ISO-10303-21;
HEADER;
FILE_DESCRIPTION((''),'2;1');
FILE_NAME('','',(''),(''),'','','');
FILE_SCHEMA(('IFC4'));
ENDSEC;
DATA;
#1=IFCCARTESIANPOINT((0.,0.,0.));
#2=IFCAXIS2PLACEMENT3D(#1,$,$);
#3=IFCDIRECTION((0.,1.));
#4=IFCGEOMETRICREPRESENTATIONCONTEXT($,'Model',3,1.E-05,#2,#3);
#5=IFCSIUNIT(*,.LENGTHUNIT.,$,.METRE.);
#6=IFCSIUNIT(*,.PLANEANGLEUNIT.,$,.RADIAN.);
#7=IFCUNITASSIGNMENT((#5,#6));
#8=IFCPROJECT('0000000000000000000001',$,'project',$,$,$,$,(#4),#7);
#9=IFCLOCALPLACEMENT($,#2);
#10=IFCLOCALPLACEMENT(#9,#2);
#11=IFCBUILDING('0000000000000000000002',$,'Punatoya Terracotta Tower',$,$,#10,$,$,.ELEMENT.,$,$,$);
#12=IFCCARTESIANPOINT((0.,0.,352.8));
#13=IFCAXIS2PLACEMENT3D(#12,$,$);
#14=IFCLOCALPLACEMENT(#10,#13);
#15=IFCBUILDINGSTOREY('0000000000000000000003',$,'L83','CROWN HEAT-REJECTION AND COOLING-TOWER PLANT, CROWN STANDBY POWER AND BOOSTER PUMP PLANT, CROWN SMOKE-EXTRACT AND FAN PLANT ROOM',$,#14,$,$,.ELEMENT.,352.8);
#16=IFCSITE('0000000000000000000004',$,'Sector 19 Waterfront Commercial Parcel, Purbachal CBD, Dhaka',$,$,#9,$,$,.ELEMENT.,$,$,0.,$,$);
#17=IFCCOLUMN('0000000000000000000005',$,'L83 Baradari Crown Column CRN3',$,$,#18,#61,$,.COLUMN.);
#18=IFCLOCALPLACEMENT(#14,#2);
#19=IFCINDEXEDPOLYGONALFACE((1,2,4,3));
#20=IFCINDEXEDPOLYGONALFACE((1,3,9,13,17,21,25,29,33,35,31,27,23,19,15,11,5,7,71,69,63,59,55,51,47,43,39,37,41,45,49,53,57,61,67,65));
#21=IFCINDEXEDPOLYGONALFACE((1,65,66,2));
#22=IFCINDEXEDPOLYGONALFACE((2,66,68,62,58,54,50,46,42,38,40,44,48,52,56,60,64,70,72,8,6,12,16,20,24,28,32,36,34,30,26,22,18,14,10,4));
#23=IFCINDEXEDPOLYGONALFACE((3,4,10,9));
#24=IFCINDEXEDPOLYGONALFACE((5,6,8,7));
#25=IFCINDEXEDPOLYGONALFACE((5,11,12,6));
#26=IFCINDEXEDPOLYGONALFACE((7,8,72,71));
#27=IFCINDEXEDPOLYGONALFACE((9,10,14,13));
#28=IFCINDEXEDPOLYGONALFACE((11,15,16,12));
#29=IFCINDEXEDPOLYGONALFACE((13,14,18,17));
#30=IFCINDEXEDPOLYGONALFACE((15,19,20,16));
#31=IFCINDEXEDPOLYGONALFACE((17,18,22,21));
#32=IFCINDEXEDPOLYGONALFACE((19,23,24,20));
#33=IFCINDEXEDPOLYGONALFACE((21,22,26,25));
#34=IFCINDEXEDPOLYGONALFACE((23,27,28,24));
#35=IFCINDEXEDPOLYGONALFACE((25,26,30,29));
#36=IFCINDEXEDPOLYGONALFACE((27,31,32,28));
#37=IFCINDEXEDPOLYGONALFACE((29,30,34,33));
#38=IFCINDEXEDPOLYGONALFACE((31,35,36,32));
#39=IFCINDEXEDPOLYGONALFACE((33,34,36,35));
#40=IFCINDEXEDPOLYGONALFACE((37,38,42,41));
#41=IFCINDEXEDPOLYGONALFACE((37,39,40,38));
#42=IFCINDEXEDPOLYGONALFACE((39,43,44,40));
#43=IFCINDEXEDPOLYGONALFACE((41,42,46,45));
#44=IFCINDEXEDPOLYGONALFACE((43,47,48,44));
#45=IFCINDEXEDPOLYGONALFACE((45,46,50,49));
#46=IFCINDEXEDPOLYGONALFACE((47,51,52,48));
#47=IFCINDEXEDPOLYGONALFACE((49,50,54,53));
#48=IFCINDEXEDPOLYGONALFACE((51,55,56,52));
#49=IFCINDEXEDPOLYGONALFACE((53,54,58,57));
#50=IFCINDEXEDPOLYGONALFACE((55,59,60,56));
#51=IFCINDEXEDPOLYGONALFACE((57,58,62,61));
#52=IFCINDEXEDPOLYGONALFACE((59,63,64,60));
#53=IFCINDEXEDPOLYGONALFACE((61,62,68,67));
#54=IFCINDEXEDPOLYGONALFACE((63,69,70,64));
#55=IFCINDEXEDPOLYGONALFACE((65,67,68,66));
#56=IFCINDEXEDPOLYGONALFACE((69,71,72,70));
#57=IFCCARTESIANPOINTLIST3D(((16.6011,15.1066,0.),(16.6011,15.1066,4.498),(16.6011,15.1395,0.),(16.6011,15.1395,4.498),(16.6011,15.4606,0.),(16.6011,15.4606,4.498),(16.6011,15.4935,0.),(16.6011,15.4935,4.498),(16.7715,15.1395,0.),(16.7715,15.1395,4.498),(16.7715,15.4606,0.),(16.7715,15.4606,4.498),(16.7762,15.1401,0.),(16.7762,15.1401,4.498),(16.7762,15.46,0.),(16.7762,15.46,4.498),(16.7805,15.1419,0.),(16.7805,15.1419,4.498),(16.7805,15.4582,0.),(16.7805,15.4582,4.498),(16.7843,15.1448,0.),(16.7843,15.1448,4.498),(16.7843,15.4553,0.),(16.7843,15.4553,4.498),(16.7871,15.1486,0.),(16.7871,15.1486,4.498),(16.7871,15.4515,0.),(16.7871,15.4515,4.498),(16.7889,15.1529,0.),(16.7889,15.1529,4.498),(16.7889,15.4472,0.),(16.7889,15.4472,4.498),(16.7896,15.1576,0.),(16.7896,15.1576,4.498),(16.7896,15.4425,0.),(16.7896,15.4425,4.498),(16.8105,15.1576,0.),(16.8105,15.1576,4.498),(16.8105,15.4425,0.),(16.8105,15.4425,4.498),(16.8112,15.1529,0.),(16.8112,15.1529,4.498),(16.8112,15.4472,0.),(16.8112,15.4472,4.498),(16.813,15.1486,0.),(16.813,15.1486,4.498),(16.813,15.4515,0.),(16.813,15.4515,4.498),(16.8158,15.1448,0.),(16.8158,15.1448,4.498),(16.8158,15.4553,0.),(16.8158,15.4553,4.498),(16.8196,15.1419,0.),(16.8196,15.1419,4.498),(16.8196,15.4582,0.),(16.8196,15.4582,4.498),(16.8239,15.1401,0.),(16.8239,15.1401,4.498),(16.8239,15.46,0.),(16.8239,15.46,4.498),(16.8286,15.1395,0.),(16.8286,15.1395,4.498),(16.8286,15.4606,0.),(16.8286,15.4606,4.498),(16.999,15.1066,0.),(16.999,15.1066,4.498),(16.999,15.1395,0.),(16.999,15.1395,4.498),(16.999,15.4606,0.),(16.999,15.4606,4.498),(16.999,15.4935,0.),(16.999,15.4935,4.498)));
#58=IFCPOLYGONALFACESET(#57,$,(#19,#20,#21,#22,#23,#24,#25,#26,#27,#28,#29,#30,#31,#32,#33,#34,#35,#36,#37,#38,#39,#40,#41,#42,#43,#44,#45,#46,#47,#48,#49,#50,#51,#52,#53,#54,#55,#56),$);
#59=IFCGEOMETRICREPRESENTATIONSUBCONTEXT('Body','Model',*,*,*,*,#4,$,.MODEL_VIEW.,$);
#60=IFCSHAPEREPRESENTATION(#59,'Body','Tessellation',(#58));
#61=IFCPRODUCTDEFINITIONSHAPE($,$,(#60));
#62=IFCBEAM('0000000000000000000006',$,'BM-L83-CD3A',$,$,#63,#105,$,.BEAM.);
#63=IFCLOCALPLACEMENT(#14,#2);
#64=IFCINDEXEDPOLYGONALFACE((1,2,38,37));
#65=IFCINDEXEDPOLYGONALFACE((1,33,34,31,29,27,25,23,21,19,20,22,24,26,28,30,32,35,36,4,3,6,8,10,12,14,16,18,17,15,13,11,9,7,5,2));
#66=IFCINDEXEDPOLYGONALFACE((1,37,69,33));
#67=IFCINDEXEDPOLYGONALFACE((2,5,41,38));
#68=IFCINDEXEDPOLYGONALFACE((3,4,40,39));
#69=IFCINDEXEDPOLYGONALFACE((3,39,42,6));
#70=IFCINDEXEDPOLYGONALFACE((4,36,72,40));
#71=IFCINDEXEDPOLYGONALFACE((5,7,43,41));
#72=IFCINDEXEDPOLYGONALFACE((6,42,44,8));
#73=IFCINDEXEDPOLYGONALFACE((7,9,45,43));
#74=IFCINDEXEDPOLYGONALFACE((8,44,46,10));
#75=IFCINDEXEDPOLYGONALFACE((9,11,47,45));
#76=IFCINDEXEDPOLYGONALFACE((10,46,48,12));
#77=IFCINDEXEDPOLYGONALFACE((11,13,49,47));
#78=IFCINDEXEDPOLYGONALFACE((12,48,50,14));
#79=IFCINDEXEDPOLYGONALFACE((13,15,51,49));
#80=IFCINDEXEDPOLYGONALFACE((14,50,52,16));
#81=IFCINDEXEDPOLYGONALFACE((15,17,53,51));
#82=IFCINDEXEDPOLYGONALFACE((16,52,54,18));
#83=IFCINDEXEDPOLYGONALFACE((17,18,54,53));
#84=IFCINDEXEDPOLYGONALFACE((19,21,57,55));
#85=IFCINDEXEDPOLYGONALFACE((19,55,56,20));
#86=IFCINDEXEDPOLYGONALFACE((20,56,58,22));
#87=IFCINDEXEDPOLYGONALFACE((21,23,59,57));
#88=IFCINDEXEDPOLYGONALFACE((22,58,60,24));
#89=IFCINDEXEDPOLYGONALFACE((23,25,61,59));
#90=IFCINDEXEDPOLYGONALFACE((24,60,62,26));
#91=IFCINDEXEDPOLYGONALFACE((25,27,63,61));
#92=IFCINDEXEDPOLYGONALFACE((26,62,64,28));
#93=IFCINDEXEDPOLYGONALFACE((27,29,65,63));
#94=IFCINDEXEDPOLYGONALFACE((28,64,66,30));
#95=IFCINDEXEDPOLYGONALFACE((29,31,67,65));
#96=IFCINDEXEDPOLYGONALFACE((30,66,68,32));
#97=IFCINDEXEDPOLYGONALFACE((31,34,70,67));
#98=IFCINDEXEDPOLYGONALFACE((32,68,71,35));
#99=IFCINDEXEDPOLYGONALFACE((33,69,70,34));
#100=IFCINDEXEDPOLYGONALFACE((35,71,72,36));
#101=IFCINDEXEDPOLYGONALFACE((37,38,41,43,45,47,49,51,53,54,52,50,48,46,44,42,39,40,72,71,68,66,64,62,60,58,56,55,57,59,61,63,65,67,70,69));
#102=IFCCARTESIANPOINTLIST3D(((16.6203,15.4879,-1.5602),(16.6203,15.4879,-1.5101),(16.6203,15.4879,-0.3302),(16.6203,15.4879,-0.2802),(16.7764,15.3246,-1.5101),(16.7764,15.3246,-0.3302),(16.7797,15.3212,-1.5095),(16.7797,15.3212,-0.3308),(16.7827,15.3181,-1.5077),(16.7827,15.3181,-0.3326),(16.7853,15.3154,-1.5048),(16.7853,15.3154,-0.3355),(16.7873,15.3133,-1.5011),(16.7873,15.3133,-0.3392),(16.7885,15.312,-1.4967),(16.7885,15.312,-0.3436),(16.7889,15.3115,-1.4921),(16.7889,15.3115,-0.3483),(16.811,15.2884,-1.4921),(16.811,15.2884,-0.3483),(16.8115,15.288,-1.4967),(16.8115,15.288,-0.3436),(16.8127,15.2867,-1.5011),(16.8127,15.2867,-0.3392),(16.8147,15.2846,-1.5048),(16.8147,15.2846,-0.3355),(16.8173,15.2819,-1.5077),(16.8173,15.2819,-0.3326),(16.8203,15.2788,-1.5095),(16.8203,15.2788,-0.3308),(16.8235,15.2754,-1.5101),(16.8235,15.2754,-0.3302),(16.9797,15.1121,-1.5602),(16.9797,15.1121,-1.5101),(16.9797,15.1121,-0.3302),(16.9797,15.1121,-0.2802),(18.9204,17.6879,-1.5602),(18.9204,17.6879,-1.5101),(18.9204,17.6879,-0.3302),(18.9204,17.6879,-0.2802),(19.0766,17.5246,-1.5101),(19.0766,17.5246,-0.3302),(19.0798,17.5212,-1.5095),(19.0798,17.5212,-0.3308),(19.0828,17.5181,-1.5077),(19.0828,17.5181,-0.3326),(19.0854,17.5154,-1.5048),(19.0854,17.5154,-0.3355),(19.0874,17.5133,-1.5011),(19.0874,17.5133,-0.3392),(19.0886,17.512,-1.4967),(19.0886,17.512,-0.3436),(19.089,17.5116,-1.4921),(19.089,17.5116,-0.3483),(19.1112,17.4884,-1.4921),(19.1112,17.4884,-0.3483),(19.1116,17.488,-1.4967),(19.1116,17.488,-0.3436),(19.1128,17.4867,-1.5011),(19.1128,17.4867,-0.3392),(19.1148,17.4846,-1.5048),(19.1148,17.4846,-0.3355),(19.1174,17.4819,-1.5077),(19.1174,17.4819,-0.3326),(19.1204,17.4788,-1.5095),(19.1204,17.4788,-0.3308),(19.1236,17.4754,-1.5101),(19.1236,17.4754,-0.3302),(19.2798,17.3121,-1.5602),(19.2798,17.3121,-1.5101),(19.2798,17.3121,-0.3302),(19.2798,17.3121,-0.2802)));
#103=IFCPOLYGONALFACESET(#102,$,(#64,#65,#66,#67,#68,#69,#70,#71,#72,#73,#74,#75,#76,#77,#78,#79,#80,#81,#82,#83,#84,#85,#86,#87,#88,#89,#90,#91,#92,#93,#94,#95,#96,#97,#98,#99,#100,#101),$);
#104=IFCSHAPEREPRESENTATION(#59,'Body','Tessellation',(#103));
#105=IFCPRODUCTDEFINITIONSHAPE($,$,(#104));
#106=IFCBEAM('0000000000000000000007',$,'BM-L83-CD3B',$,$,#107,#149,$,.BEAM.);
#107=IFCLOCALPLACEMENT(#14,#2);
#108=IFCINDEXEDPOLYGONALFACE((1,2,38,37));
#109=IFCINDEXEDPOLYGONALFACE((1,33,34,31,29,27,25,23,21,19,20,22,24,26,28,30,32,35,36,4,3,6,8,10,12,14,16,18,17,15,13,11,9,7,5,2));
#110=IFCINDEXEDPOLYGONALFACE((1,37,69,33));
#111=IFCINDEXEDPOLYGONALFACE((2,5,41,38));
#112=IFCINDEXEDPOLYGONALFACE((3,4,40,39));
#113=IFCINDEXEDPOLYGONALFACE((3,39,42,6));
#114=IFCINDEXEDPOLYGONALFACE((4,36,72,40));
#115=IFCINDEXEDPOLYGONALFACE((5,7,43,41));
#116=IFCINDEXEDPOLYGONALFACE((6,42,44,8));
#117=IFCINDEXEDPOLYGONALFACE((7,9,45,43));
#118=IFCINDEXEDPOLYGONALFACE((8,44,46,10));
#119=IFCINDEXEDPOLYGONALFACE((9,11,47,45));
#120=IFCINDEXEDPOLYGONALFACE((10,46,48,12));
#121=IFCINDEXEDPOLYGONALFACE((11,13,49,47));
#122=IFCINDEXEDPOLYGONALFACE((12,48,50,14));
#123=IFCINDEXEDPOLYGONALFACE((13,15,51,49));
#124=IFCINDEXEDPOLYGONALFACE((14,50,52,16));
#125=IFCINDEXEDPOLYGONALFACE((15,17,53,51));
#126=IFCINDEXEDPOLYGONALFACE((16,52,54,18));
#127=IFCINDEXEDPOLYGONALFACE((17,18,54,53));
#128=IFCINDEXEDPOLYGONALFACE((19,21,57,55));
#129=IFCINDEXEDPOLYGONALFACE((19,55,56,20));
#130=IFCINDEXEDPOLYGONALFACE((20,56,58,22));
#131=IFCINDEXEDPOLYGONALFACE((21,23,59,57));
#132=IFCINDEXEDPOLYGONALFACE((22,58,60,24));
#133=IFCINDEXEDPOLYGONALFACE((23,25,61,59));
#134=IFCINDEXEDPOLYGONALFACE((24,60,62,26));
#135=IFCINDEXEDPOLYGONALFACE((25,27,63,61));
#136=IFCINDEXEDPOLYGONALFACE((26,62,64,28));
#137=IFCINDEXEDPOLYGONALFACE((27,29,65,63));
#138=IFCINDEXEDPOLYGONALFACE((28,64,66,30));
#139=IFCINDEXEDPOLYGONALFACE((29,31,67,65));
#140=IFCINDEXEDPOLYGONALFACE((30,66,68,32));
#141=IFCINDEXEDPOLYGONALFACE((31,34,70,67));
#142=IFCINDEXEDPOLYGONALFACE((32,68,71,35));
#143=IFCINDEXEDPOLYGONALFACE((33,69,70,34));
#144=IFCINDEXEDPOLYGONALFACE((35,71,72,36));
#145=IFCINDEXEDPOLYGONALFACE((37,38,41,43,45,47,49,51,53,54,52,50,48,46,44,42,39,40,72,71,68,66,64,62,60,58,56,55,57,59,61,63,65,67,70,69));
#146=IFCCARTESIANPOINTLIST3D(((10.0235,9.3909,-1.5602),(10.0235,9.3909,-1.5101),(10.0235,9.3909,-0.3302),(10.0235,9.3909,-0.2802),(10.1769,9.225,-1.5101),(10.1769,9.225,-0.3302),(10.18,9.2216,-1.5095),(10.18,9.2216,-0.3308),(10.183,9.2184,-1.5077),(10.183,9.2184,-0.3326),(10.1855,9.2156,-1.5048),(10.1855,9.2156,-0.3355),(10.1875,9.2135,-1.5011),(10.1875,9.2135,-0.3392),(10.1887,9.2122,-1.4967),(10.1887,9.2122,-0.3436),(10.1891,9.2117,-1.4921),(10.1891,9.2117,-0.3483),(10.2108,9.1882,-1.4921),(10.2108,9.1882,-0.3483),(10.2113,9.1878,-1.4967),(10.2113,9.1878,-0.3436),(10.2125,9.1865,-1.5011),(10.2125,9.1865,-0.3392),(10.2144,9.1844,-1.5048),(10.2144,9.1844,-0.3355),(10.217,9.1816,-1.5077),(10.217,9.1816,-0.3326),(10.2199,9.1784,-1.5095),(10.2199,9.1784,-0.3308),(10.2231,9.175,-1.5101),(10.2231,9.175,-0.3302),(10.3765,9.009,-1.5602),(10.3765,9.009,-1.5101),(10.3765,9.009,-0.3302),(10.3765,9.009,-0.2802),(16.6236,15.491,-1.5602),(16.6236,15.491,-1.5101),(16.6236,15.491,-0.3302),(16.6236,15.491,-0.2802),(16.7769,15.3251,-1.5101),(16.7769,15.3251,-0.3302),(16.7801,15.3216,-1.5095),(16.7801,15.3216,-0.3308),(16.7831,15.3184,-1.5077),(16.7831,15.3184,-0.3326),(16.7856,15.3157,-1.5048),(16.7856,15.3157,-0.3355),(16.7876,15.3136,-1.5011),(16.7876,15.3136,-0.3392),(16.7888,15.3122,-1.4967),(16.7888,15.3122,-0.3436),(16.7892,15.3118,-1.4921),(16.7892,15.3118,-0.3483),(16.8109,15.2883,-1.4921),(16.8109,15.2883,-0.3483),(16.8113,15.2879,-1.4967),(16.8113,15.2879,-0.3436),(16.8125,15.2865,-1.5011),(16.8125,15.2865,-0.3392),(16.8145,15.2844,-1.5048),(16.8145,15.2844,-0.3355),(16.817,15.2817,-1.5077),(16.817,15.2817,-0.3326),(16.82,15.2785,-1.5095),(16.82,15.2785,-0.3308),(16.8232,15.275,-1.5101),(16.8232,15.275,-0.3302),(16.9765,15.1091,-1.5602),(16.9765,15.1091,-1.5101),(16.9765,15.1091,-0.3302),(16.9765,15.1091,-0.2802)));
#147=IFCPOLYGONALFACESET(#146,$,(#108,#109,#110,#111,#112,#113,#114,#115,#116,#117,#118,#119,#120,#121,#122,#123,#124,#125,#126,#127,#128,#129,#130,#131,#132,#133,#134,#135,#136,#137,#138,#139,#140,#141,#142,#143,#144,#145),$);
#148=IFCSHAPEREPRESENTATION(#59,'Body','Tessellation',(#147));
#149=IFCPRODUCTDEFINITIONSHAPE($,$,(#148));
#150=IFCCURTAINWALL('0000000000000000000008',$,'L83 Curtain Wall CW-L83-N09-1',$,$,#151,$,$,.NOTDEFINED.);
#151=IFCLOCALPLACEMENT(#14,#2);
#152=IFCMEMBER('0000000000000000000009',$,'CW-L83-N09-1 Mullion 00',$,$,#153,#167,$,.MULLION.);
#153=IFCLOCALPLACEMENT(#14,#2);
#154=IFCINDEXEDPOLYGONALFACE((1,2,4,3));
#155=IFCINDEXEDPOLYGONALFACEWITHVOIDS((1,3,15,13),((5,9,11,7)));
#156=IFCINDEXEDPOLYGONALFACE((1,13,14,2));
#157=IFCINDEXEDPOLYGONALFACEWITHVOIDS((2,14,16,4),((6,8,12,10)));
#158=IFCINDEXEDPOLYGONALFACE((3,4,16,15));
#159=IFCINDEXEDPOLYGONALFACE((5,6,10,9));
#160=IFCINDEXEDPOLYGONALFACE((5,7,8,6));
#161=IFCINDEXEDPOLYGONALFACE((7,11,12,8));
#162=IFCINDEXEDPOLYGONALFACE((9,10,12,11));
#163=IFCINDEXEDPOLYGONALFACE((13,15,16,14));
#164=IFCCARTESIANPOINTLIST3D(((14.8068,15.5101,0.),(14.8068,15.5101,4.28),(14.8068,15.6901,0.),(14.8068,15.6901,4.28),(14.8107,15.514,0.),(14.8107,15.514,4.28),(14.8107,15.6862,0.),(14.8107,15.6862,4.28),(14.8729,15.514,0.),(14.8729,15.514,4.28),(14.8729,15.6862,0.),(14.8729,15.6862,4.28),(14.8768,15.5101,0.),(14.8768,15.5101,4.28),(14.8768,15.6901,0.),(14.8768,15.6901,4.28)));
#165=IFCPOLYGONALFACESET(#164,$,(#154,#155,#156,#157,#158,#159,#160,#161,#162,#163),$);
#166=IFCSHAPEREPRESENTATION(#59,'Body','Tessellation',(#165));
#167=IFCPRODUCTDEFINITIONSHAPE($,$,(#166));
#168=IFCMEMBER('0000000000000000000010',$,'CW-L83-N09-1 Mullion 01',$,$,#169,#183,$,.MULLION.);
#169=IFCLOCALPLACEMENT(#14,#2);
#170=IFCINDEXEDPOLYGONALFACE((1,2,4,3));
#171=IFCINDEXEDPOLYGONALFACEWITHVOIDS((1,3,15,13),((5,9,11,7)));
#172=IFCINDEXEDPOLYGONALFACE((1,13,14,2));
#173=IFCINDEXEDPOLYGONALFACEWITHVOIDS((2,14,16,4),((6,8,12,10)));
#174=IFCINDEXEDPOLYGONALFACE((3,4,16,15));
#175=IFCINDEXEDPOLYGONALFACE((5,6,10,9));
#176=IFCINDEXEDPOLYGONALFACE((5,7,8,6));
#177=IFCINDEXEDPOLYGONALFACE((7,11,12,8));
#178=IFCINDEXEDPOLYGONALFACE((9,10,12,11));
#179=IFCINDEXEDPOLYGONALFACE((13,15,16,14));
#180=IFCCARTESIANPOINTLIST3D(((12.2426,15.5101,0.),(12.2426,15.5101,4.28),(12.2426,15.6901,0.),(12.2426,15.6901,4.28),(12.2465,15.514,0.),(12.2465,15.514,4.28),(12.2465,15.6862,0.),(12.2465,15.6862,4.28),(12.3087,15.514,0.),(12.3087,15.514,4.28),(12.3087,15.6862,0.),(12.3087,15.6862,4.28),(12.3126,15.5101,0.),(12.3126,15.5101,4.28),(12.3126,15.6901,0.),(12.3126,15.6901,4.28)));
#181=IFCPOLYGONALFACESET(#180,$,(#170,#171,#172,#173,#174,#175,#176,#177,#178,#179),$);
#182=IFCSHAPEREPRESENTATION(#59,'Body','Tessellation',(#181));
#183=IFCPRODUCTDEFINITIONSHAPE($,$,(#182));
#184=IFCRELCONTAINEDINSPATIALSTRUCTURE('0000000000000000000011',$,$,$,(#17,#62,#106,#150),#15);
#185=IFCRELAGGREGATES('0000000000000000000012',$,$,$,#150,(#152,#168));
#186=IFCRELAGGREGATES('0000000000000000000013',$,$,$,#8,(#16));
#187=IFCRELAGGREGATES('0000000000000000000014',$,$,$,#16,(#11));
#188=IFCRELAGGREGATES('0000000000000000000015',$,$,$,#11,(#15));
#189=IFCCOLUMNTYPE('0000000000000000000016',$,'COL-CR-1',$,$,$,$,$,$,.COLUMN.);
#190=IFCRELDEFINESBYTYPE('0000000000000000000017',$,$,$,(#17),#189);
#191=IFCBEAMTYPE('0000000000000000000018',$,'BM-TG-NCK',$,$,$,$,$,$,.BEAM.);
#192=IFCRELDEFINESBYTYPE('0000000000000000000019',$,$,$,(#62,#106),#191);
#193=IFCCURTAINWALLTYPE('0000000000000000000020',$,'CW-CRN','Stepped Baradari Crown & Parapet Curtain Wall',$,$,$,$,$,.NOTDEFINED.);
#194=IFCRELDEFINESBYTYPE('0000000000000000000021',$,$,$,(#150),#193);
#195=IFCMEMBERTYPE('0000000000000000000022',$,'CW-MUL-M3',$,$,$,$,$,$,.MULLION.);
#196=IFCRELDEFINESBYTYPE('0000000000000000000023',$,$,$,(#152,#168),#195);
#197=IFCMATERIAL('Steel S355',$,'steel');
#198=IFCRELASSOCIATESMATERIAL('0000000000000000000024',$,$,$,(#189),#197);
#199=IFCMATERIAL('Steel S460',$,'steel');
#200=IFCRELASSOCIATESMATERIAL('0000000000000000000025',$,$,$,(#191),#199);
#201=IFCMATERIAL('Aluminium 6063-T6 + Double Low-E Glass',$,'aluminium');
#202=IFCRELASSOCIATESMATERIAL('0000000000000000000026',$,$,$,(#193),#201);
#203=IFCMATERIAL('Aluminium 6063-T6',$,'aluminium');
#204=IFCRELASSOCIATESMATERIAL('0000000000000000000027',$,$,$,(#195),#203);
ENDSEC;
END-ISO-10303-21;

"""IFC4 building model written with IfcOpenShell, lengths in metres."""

from ifc_helpers import new_model, si_unit, direction, frame, origin, origin_2d, place, context, subcontext, project, spatial, hollow_rectangle, i_section, extrude, material, material_profile, profile_set, type_object, element, aggregate, save


model = new_model("IFC4")

# Units and contexts
model_context = context("Model", 3, precision=1e-05, world=origin(), true_north=direction((0.0, 1.0)))
body_context = subcontext(model_context, "Body", "Model", "MODEL_VIEW")
ifc_project = project(units=[si_unit("LENGTHUNIT", "METRE"), si_unit("PLANEANGLEUNIT", "RADIAN")], contexts=[model_context])

# Site, building, storey
site_placement = place(None, origin())
site = spatial("IfcSite", under=ifc_project, at=site_placement, Name="Sector 19 Waterfront Commercial Parcel, Purbachal CBD, Dhaka", CompositionType="ELEMENT", RefElevation=0.0)
building_placement = place(site_placement, origin())
building = spatial("IfcBuilding", under=site, at=building_placement, Name="Punatoya Terracotta Tower", CompositionType="ELEMENT")
storey_placement = place(building_placement, frame((0.0, 0.0, 352.8)))
storey = spatial("IfcBuildingStorey", under=building, at=storey_placement, Name="L83", Description="CROWN HEAT-REJECTION AND COOLING-TOWER PLANT, CROWN STANDBY POWER AND BOOSTER PUMP PLANT, CROWN SMOKE-EXTRACT AND FAN PLANT ROOM", CompositionType="ELEMENT", Elevation=352.8)

# Column
ifc_material_1 = material(Name="Steel S355", Category="steel")
ifc_material_profile_1 = material_profile(ifc_material_1, i_section(OverallWidth=0.3979, OverallDepth=0.387, WebThickness=0.021, FlangeThickness=0.033, FilletRadius=0.0181, at=origin_2d()))
ifc_profile_set_1 = profile_set([ifc_material_profile_1], Name="Steel S355")
column_type = type_object("IfcColumnType", Name="COL-CR-1", PredefinedType="COLUMN", material=ifc_profile_set_1)
column_placement = place(storey_placement, frame((16.8, 15.3, 0.0), z_axis=(0.0, 0.0, 1.0), x_axis=(1.0, 0.0, 0.0)))
element("IfcColumn", 1, at=column_placement, inside=storey, type_object=column_type, Name="L83 Baradari Crown Column CRN3", PredefinedType="COLUMN", context=body_context, shape_type="SweptSolid", body=[
    extrude(i_section(OverallWidth=0.3979, OverallDepth=0.387, WebThickness=0.021, FlangeThickness=0.033, FilletRadius=0.0181, at=origin_2d()), origin(), (0.0, 0.0, 1.0), 4.498),
])

# Beams
ifc_material_2 = material(Name="Steel S460", Category="steel")
ifc_material_profile_2 = material_profile(ifc_material_2, i_section(OverallWidth=0.52, OverallDepth=1.28, WebThickness=0.032, FlangeThickness=0.05, FilletRadius=0.0181, at=origin_2d()))
ifc_profile_set_2 = profile_set([ifc_material_profile_2], Name="Steel S460")
beam_type = type_object("IfcBeamType", Name="BM-TG-NCK", PredefinedType="BEAM", material=ifc_profile_set_2)
beam_1_placement = place(storey_placement, frame((19.1001, 17.5, -0.9202), z_axis=(-0.722657, -0.691207, 0.0), x_axis=(0.691207, -0.722657, 0.0)))
element("IfcBeam", 2, at=beam_1_placement, inside=storey, type_object=beam_type, Name="BM-L83-CD3A", PredefinedType="BEAM", context=body_context, shape_type="SweptSolid", body=[
    extrude(i_section(OverallWidth=0.52, OverallDepth=1.28, WebThickness=0.032, FlangeThickness=0.05, FilletRadius=0.0181, at=origin_2d()), origin(), (0.0, 0.0, 1.0), 3.1829),
])
beam_2_placement = place(storey_placement, frame((16.8, 15.3, -0.9202), z_axis=(-0.734376, -0.678743, 0.0), x_axis=(0.678743, -0.734376, 0.0)))
element("IfcBeam", 3, at=beam_2_placement, inside=storey, type_object=beam_type, Name="BM-L83-CD3B", PredefinedType="BEAM", context=body_context, shape_type="SweptSolid", body=[
    extrude(i_section(OverallWidth=0.52, OverallDepth=1.28, WebThickness=0.032, FlangeThickness=0.05, FilletRadius=0.0181, at=origin_2d()), origin(), (0.0, 0.0, 1.0), 8.9873),
])

# Curtain wall, members
ifc_material_3 = material(Name="Aluminium 6063-T6 + Double Low-E Glass", Category="aluminium")
curtain_wall_type = type_object("IfcCurtainWallType", Name="CW-CRN", Description="Stepped Baradari Crown & Parapet Curtain Wall", PredefinedType="NOTDEFINED", material=ifc_material_3)
curtain_wall_placement = place(storey_placement, origin())
curtain_wall = element("IfcCurtainWall", 4, at=curtain_wall_placement, inside=storey, type_object=curtain_wall_type, Name="L83 Curtain Wall CW-L83-N09-1", PredefinedType="NOTDEFINED")
ifc_material_4 = material(Name="Aluminium 6063-T6", Category="aluminium")
ifc_material_profile_3 = material_profile(ifc_material_4, hollow_rectangle(XDim=0.0701, YDim=0.1799, WallThickness=0.0039, at=origin_2d()))
ifc_profile_set_3 = profile_set([ifc_material_profile_3], Name="Aluminium 6063-T6")
member_type_1 = type_object("IfcMemberType", Name="CW-MUL-M3", PredefinedType="MULLION", material=ifc_profile_set_3)
member_1_placement = place(storey_placement, frame((14.8418, 15.6001, 0.0), z_axis=(0.0, 0.0, 1.0), x_axis=(1.0, 0.0, 0.0)))
member_1 = element("IfcMember", 5, at=member_1_placement, type_object=member_type_1, Name="CW-L83-N09-1 Mullion 00", PredefinedType="MULLION", context=body_context, shape_type="SweptSolid", body=[
    extrude(hollow_rectangle(XDim=0.0701, YDim=0.1799, WallThickness=0.0039, at=origin_2d()), origin(), (0.0, 0.0, 1.0), 4.28),
])
member_2_placement = place(storey_placement, frame((12.2776, 15.6001, 0.0), z_axis=(0.0, 0.0, 1.0), x_axis=(1.0, 0.0, 0.0)))
member_2 = element("IfcMember", 6, at=member_2_placement, type_object=member_type_1, Name="CW-L83-N09-1 Mullion 01", PredefinedType="MULLION", context=body_context, shape_type="SweptSolid", body=[
    extrude(hollow_rectangle(XDim=0.0701, YDim=0.1799, WallThickness=0.0039, at=origin_2d()), origin(), (0.0, 0.0, 1.0), 4.28),
])
aggregate(curtain_wall, [member_1, member_2])

save(model, "model.ifc")
